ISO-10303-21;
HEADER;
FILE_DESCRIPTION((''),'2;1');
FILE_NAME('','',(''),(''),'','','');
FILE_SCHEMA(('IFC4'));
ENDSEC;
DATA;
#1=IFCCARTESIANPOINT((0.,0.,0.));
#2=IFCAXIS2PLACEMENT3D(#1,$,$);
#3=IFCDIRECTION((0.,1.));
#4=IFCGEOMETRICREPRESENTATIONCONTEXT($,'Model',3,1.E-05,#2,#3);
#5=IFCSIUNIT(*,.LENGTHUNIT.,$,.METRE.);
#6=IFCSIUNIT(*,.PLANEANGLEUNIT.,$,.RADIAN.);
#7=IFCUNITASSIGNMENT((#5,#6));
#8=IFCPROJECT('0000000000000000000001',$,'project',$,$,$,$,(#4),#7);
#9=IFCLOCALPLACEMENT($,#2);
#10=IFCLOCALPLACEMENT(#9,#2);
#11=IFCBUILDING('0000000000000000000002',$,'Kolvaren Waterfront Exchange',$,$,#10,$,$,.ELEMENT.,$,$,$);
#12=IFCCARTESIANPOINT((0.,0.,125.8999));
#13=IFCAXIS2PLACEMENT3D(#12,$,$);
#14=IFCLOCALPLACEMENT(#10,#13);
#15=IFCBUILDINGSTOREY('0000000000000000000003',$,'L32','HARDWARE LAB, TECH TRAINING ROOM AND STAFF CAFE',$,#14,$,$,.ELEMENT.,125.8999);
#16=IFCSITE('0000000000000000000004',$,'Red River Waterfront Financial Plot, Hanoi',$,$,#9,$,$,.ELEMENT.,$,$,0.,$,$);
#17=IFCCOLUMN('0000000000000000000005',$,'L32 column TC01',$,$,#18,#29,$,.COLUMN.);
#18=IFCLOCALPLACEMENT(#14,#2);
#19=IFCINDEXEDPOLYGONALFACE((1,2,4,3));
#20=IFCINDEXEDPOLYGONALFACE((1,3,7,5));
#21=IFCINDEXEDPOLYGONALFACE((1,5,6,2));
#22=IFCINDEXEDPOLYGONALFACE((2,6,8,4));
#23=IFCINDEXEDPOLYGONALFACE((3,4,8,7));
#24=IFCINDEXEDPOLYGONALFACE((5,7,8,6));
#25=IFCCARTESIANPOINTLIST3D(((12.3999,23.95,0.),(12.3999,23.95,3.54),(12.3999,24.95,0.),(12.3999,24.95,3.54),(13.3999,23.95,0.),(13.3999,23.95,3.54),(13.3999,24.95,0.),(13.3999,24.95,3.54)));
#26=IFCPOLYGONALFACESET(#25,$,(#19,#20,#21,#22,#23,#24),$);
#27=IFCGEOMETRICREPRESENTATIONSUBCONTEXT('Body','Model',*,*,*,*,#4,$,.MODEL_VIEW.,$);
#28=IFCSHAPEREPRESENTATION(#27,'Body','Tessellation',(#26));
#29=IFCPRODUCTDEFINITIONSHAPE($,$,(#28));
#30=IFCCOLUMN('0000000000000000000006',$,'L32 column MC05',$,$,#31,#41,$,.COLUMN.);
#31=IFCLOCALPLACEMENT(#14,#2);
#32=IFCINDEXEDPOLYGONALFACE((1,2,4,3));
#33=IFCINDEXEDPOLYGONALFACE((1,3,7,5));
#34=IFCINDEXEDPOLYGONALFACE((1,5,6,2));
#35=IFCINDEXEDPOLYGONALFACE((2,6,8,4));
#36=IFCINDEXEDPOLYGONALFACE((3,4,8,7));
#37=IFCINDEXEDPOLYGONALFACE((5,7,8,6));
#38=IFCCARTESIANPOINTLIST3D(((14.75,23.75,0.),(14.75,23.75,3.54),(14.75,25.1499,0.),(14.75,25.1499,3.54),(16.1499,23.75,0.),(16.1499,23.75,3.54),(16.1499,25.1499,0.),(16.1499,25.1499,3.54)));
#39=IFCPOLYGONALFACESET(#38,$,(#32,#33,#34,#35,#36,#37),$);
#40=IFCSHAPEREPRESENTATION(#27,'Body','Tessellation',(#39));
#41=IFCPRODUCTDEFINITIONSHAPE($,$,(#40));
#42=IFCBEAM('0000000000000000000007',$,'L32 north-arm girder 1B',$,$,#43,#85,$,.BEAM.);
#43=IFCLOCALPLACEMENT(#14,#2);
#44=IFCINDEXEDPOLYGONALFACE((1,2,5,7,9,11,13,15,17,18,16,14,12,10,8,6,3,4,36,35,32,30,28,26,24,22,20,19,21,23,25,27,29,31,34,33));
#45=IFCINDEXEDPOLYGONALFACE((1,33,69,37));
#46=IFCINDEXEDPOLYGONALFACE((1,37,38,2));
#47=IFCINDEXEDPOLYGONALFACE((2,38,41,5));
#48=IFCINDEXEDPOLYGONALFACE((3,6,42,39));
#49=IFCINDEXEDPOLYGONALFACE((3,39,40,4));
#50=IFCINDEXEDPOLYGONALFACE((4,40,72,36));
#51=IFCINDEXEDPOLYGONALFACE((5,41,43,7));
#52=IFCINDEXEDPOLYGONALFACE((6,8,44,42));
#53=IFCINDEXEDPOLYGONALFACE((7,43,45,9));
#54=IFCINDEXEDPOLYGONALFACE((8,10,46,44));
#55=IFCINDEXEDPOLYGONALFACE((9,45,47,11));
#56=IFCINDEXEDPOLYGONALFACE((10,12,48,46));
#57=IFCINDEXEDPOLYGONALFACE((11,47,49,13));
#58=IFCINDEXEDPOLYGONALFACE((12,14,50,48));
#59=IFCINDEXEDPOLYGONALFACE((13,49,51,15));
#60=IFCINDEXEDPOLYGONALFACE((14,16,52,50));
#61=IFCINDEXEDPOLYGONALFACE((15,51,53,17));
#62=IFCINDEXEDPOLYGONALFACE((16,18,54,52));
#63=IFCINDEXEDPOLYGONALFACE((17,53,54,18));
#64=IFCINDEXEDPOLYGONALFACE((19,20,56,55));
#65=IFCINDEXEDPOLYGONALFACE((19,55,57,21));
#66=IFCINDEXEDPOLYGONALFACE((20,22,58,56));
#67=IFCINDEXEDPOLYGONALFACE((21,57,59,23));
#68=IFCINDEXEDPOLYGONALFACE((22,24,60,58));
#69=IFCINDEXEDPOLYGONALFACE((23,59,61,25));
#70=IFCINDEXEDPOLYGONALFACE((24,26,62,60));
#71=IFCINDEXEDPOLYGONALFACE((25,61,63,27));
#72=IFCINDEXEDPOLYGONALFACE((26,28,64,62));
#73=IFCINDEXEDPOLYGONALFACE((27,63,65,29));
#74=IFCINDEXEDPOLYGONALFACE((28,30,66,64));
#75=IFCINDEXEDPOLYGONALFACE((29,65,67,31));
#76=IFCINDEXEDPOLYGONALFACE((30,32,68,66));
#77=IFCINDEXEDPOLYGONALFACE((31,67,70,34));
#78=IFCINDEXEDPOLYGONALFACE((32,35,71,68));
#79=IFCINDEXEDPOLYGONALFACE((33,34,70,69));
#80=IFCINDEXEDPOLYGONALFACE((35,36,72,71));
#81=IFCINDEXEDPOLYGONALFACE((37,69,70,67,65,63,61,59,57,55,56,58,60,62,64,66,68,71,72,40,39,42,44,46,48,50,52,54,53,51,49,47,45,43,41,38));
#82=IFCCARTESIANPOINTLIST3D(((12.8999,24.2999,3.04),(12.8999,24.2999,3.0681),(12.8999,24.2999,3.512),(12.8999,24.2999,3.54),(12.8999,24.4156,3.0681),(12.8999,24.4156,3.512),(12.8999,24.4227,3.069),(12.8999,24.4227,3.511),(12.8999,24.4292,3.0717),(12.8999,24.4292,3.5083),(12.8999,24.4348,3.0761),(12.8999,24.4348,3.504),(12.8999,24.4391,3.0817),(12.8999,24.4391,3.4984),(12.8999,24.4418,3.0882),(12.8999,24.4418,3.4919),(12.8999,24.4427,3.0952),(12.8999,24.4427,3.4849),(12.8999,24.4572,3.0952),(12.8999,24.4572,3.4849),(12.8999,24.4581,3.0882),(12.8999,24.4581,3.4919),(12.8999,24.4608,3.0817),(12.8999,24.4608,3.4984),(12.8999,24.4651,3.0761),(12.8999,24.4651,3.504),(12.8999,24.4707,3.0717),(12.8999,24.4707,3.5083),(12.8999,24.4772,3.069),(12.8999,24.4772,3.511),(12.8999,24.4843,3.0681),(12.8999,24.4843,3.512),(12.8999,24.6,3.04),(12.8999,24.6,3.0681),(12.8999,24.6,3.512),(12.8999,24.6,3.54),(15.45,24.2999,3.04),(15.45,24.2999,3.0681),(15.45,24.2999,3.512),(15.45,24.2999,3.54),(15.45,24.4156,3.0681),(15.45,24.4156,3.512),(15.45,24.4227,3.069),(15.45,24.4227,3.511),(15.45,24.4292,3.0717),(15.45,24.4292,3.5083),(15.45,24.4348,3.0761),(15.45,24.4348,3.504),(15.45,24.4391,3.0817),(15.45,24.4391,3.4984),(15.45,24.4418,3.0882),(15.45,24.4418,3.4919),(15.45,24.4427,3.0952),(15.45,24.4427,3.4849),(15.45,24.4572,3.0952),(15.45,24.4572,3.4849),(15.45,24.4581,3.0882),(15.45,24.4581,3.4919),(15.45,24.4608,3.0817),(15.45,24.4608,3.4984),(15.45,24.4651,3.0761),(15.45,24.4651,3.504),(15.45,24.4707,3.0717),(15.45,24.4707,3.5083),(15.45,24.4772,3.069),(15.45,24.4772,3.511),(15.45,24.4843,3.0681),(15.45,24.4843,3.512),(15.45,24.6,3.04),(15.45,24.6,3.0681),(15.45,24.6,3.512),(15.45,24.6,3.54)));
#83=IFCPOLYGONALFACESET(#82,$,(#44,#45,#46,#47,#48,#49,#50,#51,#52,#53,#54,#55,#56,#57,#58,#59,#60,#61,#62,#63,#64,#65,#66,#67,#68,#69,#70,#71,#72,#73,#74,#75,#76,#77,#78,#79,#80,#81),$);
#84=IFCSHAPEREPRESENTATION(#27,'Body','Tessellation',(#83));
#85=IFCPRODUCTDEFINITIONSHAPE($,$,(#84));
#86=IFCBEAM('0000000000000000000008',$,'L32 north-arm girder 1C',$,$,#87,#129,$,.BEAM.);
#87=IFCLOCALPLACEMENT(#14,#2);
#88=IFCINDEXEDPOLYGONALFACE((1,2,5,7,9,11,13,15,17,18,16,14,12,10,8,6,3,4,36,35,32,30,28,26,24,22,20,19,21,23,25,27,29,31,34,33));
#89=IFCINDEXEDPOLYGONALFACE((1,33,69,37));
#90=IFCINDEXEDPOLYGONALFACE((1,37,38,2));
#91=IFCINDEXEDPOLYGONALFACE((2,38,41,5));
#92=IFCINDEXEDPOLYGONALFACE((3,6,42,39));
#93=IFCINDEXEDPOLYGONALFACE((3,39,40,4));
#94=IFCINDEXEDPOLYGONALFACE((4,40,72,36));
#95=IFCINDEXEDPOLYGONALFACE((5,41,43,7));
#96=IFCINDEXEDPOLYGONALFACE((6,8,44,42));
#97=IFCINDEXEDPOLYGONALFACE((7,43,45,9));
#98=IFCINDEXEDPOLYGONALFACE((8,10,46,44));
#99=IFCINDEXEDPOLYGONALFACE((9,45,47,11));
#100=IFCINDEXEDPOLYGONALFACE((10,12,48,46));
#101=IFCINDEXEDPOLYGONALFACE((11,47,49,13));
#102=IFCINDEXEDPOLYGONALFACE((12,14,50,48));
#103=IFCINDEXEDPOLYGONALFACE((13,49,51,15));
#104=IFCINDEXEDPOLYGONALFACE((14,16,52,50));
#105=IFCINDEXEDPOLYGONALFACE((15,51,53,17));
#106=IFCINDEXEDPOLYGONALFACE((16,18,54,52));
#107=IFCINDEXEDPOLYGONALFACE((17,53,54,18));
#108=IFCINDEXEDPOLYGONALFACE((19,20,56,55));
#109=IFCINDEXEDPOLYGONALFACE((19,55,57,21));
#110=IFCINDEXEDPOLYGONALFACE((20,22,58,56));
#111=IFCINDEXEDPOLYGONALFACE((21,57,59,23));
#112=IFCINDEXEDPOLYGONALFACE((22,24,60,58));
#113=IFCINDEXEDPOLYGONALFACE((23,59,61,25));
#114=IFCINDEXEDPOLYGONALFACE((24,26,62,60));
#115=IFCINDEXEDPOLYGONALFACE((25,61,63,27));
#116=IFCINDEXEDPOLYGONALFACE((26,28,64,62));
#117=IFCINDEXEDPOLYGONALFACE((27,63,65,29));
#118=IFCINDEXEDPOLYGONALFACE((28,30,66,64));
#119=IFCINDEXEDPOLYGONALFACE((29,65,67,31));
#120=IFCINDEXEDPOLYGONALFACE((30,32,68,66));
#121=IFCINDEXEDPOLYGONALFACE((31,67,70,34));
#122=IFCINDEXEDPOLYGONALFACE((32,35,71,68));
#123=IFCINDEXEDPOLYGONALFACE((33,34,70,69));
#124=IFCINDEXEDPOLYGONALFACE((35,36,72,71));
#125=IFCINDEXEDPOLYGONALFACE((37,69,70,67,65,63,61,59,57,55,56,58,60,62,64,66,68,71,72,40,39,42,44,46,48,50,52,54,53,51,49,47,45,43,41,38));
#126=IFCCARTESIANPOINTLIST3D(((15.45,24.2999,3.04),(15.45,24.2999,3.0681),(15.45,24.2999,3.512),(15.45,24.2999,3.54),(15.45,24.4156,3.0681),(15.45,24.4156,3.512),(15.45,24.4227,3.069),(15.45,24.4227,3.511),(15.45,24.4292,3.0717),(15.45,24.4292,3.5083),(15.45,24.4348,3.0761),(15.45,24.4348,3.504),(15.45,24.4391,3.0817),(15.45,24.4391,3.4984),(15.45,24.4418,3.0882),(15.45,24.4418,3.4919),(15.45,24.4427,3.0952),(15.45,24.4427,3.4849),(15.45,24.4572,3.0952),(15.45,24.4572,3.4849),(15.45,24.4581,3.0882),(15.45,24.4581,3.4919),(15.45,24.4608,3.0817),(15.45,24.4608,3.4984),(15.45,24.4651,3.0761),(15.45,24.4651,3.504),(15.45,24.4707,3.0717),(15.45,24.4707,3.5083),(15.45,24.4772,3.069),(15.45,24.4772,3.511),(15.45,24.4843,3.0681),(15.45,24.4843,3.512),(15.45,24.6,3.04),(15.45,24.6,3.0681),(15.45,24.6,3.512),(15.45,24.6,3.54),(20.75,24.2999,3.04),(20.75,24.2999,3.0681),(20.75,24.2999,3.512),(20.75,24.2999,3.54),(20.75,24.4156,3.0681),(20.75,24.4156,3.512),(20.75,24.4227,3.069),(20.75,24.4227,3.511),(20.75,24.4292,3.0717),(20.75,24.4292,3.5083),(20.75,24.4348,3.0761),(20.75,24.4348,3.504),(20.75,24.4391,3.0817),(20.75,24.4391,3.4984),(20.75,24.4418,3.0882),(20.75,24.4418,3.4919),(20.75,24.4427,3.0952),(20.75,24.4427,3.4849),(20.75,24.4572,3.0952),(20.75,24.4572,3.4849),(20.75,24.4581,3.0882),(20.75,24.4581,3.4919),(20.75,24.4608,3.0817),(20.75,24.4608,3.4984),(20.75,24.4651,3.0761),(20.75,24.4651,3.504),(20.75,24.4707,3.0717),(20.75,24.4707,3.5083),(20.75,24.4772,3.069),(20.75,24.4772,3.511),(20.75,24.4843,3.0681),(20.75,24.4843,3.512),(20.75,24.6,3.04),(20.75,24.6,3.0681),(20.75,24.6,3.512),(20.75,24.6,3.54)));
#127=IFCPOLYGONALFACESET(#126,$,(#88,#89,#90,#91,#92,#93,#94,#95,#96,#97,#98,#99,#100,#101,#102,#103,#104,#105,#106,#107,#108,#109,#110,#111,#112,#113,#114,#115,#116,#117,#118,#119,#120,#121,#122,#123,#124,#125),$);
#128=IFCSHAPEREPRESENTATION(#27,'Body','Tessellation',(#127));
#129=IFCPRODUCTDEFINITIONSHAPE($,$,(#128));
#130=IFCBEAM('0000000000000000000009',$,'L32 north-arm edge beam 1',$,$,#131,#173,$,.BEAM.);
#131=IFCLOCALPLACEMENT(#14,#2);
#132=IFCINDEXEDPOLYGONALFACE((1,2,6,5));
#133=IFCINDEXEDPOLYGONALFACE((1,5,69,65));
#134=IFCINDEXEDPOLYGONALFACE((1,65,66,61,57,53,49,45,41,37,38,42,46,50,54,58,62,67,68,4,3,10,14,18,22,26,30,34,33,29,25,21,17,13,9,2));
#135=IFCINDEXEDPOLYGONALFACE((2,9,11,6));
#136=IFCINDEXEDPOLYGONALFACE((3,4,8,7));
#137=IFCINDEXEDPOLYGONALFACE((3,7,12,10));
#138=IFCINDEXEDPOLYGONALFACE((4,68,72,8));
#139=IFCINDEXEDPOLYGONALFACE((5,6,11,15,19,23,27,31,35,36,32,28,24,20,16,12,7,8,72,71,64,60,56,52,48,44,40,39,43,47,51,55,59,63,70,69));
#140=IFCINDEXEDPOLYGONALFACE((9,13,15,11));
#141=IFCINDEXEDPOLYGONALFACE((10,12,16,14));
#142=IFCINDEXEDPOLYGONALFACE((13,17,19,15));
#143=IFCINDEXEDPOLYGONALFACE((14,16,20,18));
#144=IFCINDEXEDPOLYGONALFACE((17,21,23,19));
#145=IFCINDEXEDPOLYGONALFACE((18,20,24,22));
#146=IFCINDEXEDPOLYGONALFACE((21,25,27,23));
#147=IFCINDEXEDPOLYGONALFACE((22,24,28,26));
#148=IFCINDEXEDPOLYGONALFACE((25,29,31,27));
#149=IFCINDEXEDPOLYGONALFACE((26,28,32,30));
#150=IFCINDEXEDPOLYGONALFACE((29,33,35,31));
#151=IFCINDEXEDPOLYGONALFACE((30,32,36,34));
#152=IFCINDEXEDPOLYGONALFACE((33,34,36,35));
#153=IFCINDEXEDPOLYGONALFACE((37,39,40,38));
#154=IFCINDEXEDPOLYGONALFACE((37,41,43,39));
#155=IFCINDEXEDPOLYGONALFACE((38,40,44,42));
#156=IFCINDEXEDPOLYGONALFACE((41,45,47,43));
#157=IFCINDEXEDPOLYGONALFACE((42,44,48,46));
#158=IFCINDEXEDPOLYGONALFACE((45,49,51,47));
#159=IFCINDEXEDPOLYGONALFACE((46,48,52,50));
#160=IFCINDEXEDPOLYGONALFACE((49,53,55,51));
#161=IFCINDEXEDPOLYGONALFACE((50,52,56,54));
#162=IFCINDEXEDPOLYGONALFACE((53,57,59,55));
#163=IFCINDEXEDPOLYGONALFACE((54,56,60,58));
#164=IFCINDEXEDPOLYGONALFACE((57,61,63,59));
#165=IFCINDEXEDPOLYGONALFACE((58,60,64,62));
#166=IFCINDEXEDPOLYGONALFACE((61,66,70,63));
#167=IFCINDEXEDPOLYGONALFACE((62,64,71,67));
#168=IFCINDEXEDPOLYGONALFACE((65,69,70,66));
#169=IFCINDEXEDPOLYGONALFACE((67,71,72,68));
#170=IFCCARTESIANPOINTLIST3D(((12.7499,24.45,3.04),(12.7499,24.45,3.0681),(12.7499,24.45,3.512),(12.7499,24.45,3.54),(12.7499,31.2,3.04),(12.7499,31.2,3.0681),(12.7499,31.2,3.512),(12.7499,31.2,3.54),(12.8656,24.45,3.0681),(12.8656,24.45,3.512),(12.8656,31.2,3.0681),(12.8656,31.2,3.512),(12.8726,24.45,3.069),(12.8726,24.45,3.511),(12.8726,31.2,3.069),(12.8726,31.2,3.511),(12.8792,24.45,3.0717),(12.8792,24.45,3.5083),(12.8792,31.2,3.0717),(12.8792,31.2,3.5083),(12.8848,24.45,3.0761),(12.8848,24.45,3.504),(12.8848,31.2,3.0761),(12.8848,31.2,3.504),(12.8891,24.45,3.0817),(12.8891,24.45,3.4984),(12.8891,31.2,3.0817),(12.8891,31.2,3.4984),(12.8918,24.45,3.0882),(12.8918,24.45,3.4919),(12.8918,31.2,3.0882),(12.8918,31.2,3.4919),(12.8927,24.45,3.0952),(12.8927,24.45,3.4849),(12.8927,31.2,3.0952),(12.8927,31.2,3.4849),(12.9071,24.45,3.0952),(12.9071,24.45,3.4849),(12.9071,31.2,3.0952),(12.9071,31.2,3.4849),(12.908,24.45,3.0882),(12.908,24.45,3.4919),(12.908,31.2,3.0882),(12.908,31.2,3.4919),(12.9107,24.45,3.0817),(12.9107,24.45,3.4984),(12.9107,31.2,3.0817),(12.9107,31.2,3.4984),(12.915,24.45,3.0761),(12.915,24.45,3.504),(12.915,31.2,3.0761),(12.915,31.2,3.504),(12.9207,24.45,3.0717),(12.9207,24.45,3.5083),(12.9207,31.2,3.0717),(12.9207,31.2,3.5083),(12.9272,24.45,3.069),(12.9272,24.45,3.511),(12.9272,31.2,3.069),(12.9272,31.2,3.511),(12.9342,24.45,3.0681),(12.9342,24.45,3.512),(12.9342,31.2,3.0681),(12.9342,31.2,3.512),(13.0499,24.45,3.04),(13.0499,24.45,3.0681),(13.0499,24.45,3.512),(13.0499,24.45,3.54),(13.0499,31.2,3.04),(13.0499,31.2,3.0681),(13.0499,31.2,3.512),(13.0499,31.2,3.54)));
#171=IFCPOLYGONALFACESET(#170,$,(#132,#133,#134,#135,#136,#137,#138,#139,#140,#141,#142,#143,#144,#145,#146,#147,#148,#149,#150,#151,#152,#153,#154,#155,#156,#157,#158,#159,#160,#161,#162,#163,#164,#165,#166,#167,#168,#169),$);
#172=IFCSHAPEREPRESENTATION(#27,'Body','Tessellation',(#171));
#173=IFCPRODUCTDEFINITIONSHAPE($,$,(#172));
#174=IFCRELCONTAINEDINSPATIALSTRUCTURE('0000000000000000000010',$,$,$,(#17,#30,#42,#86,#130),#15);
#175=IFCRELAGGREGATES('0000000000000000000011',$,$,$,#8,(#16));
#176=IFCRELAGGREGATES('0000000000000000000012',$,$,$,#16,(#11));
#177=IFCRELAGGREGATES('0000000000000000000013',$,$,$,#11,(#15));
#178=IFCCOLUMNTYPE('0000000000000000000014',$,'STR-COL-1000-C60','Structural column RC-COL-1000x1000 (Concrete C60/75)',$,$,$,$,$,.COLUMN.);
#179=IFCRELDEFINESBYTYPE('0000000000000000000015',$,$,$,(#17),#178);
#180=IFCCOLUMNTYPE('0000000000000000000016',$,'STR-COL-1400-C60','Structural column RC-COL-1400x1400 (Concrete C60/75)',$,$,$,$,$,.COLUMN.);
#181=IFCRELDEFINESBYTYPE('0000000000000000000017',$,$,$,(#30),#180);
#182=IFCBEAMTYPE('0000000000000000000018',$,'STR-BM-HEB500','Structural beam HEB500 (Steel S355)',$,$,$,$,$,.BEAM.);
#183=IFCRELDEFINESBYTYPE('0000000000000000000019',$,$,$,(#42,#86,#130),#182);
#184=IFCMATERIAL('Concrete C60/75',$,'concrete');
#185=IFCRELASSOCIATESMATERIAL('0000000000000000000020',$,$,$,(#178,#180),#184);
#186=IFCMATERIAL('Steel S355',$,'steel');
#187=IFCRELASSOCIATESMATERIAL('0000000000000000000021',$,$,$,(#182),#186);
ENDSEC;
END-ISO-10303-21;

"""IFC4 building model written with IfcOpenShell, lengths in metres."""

from ifc_helpers import new_model, si_unit, direction, frame, origin, origin_2d, place, context, subcontext, project, spatial, rectangle, i_section, extrude, material, material_profile, profile_set, type_object, element, save


model = new_model("IFC4")

# Units and contexts
model_context = context("Model", 3, precision=1e-05, world=origin(), true_north=direction((0.0, 1.0)))
body_context = subcontext(model_context, "Body", "Model", "MODEL_VIEW")
ifc_project = project(units=[si_unit("LENGTHUNIT", "METRE"), si_unit("PLANEANGLEUNIT", "RADIAN")], contexts=[model_context])

# Site, building, storey
site_placement = place(None, origin())
site = spatial("IfcSite", under=ifc_project, at=site_placement, Name="Red River Waterfront Financial Plot, Hanoi", CompositionType="ELEMENT", RefElevation=0.0)
building_placement = place(site_placement, origin())
building = spatial("IfcBuilding", under=site, at=building_placement, Name="Kolvaren Waterfront Exchange", CompositionType="ELEMENT")
storey_placement = place(building_placement, frame((0.0, 0.0, 125.8999)))
storey = spatial("IfcBuildingStorey", under=building, at=storey_placement, Name="L32", Description="HARDWARE LAB, TECH TRAINING ROOM AND STAFF CAFE", CompositionType="ELEMENT", Elevation=125.8999)

# Columns
ifc_material_1 = material(Name="Concrete C60/75", Category="concrete")
ifc_material_profile_1 = material_profile(ifc_material_1, rectangle(XDim=1.0, YDim=1.0, at=origin_2d()), Name="RC-COL-1000x1000")
ifc_profile_set_1 = profile_set([ifc_material_profile_1], Name="Concrete C60/75")
column_type_1 = type_object("IfcColumnType", Name="STR-COL-1000-C60", Description="Structural column RC-COL-1000x1000 (Concrete C60/75)", PredefinedType="COLUMN", material=ifc_profile_set_1)
column_1_placement = place(storey_placement, frame((12.8999, 24.45, 0.0), z_axis=(0.0, 0.0, 1.0), x_axis=(1.0, 0.0, 0.0)))
element("IfcColumn", 1, at=column_1_placement, inside=storey, type_object=column_type_1, Name="L32 column TC01", PredefinedType="COLUMN", context=body_context, shape_type="SweptSolid", body=[
    extrude(rectangle(XDim=1.0, YDim=1.0, at=origin_2d()), origin(), (0.0, 0.0, 1.0), 3.54),
])
ifc_material_profile_2 = material_profile(ifc_material_1, rectangle(XDim=1.3999, YDim=1.3999, at=origin_2d()), Name="RC-COL-1400x1400")
ifc_profile_set_2 = profile_set([ifc_material_profile_2], Name="Concrete C60/75")
column_type_2 = type_object("IfcColumnType", Name="STR-COL-1400-C60", Description="Structural column RC-COL-1400x1400 (Concrete C60/75)", PredefinedType="COLUMN", material=ifc_profile_set_2)
column_2_placement = place(storey_placement, frame((15.45, 24.45, 0.0), z_axis=(0.0, 0.0, 1.0), x_axis=(1.0, 0.0, 0.0)))
element("IfcColumn", 2, at=column_2_placement, inside=storey, type_object=column_type_2, Name="L32 column MC05", PredefinedType="COLUMN", context=body_context, shape_type="SweptSolid", body=[
    extrude(rectangle(XDim=1.3999, YDim=1.3999, at=origin_2d()), origin(), (0.0, 0.0, 1.0), 3.54),
])

# Beams
ifc_material_2 = material(Name="Steel S355", Category="steel")
ifc_material_profile_3 = material_profile(ifc_material_2, i_section(OverallWidth=0.3, OverallDepth=0.5, WebThickness=0.0144, FlangeThickness=0.0281, FilletRadius=0.0271, at=origin_2d()), Name="HEB500")
ifc_profile_set_3 = profile_set([ifc_material_profile_3], Name="Steel S355")
beam_type_1 = type_object("IfcBeamType", Name="STR-BM-HEB500", Description="Structural beam HEB500 (Steel S355)", PredefinedType="BEAM", material=ifc_profile_set_3)
beam_1_placement = place(storey_placement, frame((12.8999, 24.45, 3.29), z_axis=(1.0, 0.0, 0.0), x_axis=(0.0, 1.0, 0.0)))
element("IfcBeam", 3, at=beam_1_placement, inside=storey, type_object=beam_type_1, Name="L32 north-arm girder 1B", PredefinedType="BEAM", context=body_context, shape_type="SweptSolid", body=[
    extrude(i_section(OverallWidth=0.3, OverallDepth=0.5, WebThickness=0.0144, FlangeThickness=0.0281, FilletRadius=0.0271, at=origin_2d()), origin(), (0.0, 0.0, 1.0), 2.55),
])
beam_2_placement = place(storey_placement, frame((15.45, 24.45, 3.29), z_axis=(1.0, 0.0, 0.0), x_axis=(0.0, 1.0, 0.0)))
element("IfcBeam", 4, at=beam_2_placement, inside=storey, type_object=beam_type_1, Name="L32 north-arm girder 1C", PredefinedType="BEAM", context=body_context, shape_type="SweptSolid", body=[
    extrude(i_section(OverallWidth=0.3, OverallDepth=0.5, WebThickness=0.0144, FlangeThickness=0.0281, FilletRadius=0.0271, at=origin_2d()), origin(), (0.0, 0.0, 1.0), 5.3),
])
beam_3_placement = place(storey_placement, frame((12.8999, 24.45, 3.29), z_axis=(0.0, 1.0, 0.0), x_axis=(-1.0, 0.0, 0.0)))
element("IfcBeam", 5, at=beam_3_placement, inside=storey, type_object=beam_type_1, Name="L32 north-arm edge beam 1", PredefinedType="BEAM", context=body_context, shape_type="SweptSolid", body=[
    extrude(i_section(OverallWidth=0.3, OverallDepth=0.5, WebThickness=0.0144, FlangeThickness=0.0281, FilletRadius=0.0271, at=origin_2d()), origin(), (0.0, 0.0, 1.0), 6.75),
])

save(model, "model.ifc")
